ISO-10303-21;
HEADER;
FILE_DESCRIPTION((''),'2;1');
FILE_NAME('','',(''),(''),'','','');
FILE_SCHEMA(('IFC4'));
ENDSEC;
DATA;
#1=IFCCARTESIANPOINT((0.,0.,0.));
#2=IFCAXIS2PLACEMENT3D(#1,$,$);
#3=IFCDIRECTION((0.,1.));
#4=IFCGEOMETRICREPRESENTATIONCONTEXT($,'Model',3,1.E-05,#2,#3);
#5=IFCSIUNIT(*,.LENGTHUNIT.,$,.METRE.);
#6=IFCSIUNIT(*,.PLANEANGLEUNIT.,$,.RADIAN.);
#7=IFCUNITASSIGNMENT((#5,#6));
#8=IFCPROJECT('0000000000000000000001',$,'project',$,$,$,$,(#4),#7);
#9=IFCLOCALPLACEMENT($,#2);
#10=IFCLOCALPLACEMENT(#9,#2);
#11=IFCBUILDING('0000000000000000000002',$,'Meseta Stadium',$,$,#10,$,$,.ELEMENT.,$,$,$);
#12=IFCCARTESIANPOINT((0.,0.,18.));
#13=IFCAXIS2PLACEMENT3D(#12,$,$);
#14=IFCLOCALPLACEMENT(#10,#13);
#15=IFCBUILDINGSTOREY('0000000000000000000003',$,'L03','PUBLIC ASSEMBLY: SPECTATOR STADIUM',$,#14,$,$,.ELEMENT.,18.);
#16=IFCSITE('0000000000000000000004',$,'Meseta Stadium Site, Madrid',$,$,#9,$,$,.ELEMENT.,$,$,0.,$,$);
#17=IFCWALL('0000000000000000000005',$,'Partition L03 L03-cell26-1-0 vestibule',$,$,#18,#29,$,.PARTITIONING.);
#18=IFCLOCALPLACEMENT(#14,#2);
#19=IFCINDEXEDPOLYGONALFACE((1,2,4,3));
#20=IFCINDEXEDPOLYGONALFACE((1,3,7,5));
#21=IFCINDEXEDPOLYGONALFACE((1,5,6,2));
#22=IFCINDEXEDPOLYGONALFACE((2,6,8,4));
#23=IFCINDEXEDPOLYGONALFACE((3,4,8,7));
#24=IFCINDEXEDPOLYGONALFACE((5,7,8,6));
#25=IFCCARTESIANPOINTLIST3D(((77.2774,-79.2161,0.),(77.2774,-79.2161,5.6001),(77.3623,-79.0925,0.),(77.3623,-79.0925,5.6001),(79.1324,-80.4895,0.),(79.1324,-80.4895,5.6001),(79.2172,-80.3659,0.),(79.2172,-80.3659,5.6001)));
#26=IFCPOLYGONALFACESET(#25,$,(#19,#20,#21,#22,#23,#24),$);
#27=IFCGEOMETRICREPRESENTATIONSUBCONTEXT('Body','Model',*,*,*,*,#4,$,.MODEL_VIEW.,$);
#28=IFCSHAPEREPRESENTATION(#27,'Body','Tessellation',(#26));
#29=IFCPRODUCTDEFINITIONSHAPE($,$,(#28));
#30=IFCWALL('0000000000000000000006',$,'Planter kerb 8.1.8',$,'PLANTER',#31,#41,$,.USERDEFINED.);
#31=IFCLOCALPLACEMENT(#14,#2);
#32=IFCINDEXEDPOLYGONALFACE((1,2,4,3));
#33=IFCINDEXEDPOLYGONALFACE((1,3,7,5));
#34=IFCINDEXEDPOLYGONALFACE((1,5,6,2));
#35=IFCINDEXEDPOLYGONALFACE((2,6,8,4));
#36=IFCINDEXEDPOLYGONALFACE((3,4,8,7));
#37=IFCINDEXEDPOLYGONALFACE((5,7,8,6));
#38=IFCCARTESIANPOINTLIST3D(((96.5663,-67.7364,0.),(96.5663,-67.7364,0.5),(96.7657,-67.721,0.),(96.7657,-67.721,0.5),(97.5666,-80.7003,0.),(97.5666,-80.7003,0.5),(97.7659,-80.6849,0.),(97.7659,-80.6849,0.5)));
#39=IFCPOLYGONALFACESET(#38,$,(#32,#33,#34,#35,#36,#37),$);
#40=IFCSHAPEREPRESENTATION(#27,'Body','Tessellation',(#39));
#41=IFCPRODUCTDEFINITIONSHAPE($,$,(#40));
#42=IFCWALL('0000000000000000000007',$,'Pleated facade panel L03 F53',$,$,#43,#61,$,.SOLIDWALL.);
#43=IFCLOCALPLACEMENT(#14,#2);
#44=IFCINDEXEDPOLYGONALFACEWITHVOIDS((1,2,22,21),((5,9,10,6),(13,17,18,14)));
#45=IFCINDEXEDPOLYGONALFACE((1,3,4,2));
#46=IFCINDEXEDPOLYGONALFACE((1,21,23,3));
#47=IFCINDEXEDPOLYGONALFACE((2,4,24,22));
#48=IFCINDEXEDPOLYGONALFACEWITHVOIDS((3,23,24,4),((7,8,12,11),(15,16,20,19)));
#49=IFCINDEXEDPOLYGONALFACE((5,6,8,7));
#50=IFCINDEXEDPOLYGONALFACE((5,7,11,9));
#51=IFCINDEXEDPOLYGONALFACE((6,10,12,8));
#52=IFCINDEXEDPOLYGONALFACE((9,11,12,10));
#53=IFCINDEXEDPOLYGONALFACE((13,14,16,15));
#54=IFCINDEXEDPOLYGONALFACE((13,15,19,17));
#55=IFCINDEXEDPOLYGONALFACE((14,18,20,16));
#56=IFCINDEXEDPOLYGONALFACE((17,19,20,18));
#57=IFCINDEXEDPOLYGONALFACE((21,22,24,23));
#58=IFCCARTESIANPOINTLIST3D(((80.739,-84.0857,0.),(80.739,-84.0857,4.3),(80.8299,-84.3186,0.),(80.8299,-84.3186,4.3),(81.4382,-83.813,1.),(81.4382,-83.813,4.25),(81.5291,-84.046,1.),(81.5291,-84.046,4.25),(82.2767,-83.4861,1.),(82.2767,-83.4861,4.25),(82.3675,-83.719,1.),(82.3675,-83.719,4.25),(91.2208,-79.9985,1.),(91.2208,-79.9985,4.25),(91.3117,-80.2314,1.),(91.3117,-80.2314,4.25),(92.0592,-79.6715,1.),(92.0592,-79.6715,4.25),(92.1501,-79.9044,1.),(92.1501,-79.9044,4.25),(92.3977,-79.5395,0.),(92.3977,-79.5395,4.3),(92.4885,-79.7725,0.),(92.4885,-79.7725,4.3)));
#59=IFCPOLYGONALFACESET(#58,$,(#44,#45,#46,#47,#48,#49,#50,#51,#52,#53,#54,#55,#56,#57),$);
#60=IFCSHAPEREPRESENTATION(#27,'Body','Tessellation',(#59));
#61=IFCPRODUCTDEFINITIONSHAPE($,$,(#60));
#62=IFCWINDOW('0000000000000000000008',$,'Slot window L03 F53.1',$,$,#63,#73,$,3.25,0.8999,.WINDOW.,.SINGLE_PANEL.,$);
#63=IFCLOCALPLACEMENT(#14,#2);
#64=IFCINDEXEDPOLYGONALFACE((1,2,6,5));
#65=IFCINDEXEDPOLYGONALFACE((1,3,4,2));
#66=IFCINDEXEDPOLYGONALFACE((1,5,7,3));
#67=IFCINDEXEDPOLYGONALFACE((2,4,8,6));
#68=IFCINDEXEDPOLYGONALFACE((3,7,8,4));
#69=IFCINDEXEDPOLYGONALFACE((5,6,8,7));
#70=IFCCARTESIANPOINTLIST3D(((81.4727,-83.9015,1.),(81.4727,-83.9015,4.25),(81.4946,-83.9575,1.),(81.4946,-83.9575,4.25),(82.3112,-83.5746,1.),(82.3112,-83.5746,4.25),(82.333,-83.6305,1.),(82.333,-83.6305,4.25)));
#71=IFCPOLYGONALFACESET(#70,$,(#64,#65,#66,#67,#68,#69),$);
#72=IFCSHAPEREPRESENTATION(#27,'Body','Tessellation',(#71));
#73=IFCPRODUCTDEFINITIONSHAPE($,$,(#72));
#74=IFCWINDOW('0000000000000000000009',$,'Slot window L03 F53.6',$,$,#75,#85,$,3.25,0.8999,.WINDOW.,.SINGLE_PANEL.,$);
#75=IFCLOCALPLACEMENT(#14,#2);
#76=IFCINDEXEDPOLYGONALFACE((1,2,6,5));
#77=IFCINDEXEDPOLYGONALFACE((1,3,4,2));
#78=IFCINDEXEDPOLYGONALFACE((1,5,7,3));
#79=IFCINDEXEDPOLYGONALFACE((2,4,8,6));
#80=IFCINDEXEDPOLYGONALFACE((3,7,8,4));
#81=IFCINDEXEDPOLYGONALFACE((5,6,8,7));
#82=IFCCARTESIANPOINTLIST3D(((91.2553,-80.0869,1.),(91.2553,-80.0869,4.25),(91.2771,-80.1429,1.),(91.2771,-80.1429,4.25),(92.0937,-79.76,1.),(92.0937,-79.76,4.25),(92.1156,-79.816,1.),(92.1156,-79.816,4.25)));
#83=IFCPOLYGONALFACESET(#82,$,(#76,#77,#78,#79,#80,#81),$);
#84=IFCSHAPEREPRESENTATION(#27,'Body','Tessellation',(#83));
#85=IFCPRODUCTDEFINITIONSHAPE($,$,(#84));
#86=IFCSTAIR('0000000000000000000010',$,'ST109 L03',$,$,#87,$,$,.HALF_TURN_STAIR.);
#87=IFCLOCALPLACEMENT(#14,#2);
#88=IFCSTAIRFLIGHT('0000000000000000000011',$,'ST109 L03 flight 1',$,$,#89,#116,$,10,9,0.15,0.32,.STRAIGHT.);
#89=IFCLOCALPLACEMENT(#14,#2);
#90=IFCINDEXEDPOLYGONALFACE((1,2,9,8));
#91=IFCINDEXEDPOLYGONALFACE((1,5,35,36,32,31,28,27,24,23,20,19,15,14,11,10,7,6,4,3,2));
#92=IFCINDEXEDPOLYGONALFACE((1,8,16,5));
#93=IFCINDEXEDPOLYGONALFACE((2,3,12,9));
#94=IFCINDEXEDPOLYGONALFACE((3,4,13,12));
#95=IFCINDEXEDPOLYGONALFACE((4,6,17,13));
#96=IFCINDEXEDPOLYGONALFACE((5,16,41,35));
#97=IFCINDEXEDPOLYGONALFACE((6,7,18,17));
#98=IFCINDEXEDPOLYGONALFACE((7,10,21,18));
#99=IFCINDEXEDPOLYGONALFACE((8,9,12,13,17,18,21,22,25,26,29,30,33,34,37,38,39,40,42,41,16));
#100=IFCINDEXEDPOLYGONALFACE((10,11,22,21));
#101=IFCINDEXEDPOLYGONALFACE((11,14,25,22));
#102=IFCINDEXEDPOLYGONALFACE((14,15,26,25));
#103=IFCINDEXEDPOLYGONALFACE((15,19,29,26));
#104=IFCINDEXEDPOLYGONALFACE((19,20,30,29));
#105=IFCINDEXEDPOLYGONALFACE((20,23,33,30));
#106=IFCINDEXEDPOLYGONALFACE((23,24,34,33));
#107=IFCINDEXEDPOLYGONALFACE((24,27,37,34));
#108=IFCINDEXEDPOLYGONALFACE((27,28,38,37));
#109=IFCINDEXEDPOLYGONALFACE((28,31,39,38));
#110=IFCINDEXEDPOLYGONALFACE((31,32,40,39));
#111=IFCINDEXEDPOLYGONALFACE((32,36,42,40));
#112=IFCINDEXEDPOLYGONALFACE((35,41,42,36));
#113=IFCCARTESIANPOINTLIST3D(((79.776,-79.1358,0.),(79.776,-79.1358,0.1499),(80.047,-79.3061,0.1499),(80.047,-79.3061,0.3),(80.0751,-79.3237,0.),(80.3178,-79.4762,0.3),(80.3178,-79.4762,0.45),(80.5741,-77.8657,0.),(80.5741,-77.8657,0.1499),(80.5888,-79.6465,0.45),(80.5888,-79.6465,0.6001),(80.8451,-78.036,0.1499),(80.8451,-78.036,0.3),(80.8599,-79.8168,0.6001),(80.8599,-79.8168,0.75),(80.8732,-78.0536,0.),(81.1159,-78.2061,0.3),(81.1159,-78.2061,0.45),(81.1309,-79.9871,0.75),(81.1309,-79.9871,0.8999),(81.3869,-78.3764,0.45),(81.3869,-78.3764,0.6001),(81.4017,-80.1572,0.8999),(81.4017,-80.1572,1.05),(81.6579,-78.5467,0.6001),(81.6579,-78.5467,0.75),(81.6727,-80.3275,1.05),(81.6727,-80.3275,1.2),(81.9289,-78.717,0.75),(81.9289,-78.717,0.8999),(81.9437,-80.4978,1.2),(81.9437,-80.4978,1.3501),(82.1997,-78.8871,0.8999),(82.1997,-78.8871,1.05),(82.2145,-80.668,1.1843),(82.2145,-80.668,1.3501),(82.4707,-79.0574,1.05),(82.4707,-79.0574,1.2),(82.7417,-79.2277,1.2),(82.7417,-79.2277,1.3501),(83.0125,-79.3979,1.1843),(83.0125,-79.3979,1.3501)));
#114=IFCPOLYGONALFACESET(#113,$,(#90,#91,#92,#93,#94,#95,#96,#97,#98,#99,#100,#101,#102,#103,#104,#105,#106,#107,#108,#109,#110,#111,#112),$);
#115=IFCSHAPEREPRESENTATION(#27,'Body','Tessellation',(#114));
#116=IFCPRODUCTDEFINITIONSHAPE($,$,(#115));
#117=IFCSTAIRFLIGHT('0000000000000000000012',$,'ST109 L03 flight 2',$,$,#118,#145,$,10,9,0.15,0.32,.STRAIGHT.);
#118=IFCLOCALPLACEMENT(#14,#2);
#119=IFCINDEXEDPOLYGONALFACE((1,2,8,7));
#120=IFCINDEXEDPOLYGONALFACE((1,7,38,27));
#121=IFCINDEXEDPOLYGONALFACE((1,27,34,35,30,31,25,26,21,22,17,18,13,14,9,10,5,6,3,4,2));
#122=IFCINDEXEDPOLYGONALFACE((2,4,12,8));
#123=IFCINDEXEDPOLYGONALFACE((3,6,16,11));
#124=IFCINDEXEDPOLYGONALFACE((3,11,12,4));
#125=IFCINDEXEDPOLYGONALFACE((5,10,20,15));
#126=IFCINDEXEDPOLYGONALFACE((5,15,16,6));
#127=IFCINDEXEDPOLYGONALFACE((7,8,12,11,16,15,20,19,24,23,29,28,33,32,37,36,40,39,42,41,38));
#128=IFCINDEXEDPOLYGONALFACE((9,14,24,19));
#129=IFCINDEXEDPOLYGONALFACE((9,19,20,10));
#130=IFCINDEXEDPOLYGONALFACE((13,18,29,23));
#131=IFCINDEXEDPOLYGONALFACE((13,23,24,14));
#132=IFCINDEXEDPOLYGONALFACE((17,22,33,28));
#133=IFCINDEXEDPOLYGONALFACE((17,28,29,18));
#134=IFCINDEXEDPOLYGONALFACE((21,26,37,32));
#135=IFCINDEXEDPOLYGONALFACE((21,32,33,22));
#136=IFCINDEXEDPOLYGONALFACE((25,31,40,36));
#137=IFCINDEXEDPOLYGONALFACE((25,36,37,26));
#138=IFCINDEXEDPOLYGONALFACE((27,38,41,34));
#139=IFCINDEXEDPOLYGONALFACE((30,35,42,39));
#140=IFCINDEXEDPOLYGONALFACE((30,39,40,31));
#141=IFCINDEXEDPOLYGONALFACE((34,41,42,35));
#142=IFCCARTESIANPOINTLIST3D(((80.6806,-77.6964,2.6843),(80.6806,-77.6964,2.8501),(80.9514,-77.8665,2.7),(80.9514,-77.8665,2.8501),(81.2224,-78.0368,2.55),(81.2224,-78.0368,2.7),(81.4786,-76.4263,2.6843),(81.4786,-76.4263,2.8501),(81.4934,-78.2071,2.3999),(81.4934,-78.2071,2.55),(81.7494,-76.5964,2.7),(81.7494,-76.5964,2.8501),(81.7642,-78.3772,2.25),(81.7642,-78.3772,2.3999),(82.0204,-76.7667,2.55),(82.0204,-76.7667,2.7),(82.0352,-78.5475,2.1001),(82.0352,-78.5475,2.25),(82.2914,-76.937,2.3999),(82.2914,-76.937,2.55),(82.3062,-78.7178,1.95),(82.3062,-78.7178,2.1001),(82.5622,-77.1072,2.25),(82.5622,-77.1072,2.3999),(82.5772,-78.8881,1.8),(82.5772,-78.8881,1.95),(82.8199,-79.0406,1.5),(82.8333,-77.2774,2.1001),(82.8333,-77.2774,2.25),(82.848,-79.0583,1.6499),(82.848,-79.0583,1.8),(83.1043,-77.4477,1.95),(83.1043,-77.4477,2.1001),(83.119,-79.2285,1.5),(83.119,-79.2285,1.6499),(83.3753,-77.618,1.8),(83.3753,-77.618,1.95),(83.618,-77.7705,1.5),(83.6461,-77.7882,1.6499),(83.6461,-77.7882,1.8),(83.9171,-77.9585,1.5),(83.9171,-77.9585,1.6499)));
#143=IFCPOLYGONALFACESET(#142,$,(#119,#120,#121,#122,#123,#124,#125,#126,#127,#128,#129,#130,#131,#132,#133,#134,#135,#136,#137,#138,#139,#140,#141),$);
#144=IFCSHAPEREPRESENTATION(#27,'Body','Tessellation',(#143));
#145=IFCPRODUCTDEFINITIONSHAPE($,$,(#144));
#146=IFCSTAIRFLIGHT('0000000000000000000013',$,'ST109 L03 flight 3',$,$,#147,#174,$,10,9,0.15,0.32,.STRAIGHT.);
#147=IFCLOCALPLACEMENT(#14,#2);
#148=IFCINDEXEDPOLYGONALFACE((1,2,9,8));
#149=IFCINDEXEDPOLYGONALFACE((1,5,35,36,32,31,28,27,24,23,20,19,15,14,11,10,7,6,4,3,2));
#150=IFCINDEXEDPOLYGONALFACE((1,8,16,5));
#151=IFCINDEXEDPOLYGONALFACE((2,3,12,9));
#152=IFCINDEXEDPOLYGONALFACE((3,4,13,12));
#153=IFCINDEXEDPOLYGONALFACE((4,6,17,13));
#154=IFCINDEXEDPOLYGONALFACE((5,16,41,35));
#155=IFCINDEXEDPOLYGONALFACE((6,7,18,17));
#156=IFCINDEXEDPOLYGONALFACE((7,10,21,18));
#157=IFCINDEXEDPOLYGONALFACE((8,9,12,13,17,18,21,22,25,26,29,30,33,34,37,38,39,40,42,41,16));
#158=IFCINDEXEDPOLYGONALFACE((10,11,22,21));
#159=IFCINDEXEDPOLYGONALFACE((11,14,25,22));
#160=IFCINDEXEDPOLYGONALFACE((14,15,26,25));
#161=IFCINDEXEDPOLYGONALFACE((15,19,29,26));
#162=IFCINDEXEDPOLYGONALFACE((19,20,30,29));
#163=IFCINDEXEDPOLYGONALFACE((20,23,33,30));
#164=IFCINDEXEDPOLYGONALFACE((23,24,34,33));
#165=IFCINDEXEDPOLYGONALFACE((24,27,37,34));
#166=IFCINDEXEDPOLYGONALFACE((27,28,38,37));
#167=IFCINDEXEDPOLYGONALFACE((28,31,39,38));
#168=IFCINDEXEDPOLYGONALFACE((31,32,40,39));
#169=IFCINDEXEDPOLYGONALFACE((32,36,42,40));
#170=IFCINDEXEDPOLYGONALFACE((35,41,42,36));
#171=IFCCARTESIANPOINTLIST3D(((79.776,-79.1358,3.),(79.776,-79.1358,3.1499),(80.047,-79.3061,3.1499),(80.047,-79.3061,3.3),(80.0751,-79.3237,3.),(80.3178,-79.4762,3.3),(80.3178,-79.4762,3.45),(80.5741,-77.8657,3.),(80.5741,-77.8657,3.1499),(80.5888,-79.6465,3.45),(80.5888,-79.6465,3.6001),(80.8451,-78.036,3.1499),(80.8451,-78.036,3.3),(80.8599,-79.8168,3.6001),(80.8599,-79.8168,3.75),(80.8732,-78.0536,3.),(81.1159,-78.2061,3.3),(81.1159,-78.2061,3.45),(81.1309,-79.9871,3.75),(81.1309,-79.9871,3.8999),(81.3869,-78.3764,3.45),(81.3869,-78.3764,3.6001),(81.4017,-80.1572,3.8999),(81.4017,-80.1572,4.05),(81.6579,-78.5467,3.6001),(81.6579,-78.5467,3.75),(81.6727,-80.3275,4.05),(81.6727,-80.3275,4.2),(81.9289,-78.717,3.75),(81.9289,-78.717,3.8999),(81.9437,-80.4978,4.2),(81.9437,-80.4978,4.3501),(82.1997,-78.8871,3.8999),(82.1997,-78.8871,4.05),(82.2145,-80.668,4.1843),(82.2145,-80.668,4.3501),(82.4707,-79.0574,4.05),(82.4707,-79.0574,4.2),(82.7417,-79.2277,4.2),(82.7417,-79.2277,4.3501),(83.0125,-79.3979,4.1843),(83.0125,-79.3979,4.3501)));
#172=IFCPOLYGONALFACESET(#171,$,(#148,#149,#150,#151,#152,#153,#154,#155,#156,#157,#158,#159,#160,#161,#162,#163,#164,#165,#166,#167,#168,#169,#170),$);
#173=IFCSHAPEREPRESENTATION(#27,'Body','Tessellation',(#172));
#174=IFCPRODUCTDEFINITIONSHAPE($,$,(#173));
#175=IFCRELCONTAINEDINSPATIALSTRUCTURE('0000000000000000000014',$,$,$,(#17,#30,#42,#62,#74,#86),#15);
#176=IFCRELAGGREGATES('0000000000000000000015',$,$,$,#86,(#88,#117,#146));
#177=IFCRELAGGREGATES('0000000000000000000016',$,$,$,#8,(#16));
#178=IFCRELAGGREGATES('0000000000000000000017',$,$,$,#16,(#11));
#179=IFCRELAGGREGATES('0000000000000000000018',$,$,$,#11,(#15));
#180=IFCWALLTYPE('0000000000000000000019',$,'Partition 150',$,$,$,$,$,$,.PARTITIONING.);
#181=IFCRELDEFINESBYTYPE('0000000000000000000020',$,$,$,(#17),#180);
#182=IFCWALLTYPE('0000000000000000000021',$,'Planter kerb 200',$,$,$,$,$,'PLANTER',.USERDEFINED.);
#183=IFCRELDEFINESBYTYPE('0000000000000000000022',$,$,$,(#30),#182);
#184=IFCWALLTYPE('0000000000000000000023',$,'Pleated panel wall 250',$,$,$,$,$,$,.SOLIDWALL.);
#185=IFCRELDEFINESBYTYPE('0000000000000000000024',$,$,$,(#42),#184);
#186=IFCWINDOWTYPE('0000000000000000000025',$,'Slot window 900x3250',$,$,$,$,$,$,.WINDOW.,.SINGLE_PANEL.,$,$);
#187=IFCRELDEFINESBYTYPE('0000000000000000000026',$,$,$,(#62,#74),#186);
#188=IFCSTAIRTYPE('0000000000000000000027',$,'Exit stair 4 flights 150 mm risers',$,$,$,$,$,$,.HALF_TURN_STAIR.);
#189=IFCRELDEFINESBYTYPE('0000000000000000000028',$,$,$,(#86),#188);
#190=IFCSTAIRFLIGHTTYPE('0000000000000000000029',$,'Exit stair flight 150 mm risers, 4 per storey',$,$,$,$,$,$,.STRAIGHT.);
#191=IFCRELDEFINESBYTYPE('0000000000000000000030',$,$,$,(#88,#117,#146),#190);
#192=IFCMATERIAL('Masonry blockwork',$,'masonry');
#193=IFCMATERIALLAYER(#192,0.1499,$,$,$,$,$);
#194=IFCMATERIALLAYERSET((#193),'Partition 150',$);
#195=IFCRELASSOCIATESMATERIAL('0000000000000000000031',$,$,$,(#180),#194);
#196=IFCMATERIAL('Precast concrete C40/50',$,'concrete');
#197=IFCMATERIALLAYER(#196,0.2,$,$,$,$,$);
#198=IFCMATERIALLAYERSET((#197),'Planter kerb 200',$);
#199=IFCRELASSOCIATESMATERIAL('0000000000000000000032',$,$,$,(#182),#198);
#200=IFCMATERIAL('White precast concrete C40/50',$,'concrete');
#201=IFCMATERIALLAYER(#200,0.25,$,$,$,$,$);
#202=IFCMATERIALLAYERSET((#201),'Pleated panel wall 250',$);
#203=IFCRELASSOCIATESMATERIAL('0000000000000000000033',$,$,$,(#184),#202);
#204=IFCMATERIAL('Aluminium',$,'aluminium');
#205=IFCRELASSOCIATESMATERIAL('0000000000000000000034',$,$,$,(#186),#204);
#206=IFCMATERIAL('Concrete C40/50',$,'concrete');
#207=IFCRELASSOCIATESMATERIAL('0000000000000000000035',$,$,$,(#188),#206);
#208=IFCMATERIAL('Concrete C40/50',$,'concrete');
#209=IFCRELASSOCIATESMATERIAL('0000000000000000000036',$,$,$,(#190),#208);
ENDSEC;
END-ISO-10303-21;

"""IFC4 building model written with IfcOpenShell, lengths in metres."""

from ifc_helpers import new_model, si_unit, direction, frame, frame_2d, origin, place, context, subcontext, project, spatial, polyline, rectangle, outline, extrude, material, layer, layer_set, type_object, element, fill, aggregate, save


model = new_model("IFC4")

# Units and contexts
model_context = context("Model", 3, precision=1e-05, world=origin(), true_north=direction((0.0, 1.0)))
body_context = subcontext(model_context, "Body", "Model", "MODEL_VIEW")
ifc_project = project(units=[si_unit("LENGTHUNIT", "METRE"), si_unit("PLANEANGLEUNIT", "RADIAN")], contexts=[model_context])

# Site, building, storey
site_placement = place(None, origin())
site = spatial("IfcSite", under=ifc_project, at=site_placement, Name="Meseta Stadium Site, Madrid", CompositionType="ELEMENT", RefElevation=0.0)
building_placement = place(site_placement, origin())
building = spatial("IfcBuilding", under=site, at=building_placement, Name="Meseta Stadium", CompositionType="ELEMENT")
storey_placement = place(building_placement, frame((0.0, 0.0, 18.0)))
storey = spatial("IfcBuildingStorey", under=building, at=storey_placement, Name="L03", Description="PUBLIC ASSEMBLY: SPECTATOR STADIUM", CompositionType="ELEMENT", Elevation=18.0)

# Walls
ifc_material_1 = material(Name="Masonry blockwork", Category="masonry")
ifc_layer_1 = layer(ifc_material_1, 0.1499)
ifc_layer_set_1 = layer_set([ifc_layer_1], Name="Partition 150")
wall_type_1 = type_object("IfcWallType", Name="Partition 150", PredefinedType="PARTITIONING", material=ifc_layer_set_1)
wall_1_placement = place(storey_placement, frame((79.1748, -80.4277, 0.0), z_axis=(0.0, 0.0, 1.0), x_axis=(-0.824428, 0.565967, 0.0)))
element("IfcWall", 1, at=wall_1_placement, inside=storey, type_object=wall_type_1, Name="Partition L03 L03-cell26-1-0 vestibule", PredefinedType="PARTITIONING", context=body_context, shape_type="SweptSolid", body=[
    extrude(rectangle(XDim=2.25, YDim=0.1499, at=frame_2d((1.125, 0.0))), origin(), (0.0, 0.0, 1.0), 5.6001),
])
ifc_material_2 = material(Name="Precast concrete C40/50", Category="concrete")
ifc_layer_2 = layer(ifc_material_2, 0.2)
ifc_layer_set_2 = layer_set([ifc_layer_2], Name="Planter kerb 200")
wall_type_2 = type_object("IfcWallType", Name="Planter kerb 200", ElementType="PLANTER", PredefinedType="USERDEFINED", material=ifc_layer_set_2)
wall_2_placement = place(storey_placement, frame((97.6663, -80.6926, 0.0), z_axis=(0.0, 0.0, 1.0), x_axis=(-0.076928, 0.997037, 0.0)))
element("IfcWall", 2, at=wall_2_placement, inside=storey, type_object=wall_type_2, Name="Planter kerb 8.1.8", ObjectType="PLANTER", PredefinedType="USERDEFINED", context=body_context, shape_type="SweptSolid", body=[
    extrude(rectangle(XDim=13.0024, YDim=0.2, at=frame_2d((6.5012, 0.0))), origin(), (0.0, 0.0, 1.0), 0.5),
])

# Wall, openings, windows
ifc_material_3 = material(Name="White precast concrete C40/50", Category="concrete")
ifc_layer_3 = layer(ifc_material_3, 0.25)
ifc_layer_set_3 = layer_set([ifc_layer_3], Name="Pleated panel wall 250")
wall_type_3 = type_object("IfcWallType", Name="Pleated panel wall 250", PredefinedType="SOLIDWALL", material=ifc_layer_set_3)
wall_3_placement = place(storey_placement, frame((92.4431, -79.656, 0.0), z_axis=(0.0, 0.0, 1.0), x_axis=(-0.931675, -0.363293, 0.0)))
wall_3 = element("IfcWall", 3, at=wall_3_placement, inside=storey, type_object=wall_type_3, Name="Pleated facade panel L03 F53", PredefinedType="SOLIDWALL", context=body_context, shape_type="SweptSolid", body=[
    extrude(rectangle(XDim=12.5137, YDim=0.25, at=frame_2d((6.2568, 0.0))), origin(), (0.0, 0.0, 1.0), 4.3),
])
opening_1_placement = place(wall_3_placement, frame((10.8633, 0.0, 1.0)))
opening_1 = element("IfcOpeningElement", 4, at=opening_1_placement, cuts=wall_3, PredefinedType="OPENING", context=body_context, shape_type="SweptSolid", body=[
    extrude(rectangle(XDim=0.8999, YDim=3.25, at=frame_2d((0.45, 1.625))), frame((0.0, 0.135, 0.0), z_axis=(0.0, -1.0, 0.0), x_axis=(1.0, 0.0, 0.0)), (0.0, 0.0, 1.0), 0.27),
])
opening_2_placement = place(wall_3_placement, frame((0.3633, 0.0, 1.0)))
opening_2 = element("IfcOpeningElement", 5, at=opening_2_placement, cuts=wall_3, PredefinedType="OPENING", context=body_context, shape_type="SweptSolid", body=[
    extrude(rectangle(XDim=0.8999, YDim=3.25, at=frame_2d((0.45, 1.625))), frame((0.0, 0.135, 0.0), z_axis=(0.0, -1.0, 0.0), x_axis=(1.0, 0.0, 0.0)), (0.0, 0.0, 1.0), 0.27),
])
ifc_material_4 = material(Name="Aluminium", Category="aluminium")
window_type = type_object("IfcWindowType", Name="Slot window 900x3250", PartitioningType="SINGLE_PANEL", PredefinedType="WINDOW", material=ifc_material_4)
window_1_placement = place(opening_1_placement, origin())
window_1 = element("IfcWindow", 6, at=window_1_placement, inside=storey, type_object=window_type, Name="Slot window L03 F53.1", OverallHeight=3.25, OverallWidth=0.8999, PartitioningType="SINGLE_PANEL", PredefinedType="WINDOW", context=body_context, shape_type="SweptSolid", body=[
    extrude(rectangle(XDim=0.8999, YDim=3.25, at=frame_2d((0.45, 1.625))), frame((0.0, 0.03, 0.0), z_axis=(0.0, -1.0, 0.0), x_axis=(1.0, 0.0, 0.0)), (0.0, 0.0, 1.0), 0.0601),
])
fill(opening_1, window_1)
window_2_placement = place(opening_2_placement, origin())
window_2 = element("IfcWindow", 7, at=window_2_placement, inside=storey, type_object=window_type, Name="Slot window L03 F53.6", OverallHeight=3.25, OverallWidth=0.8999, PartitioningType="SINGLE_PANEL", PredefinedType="WINDOW", context=body_context, shape_type="SweptSolid", body=[
    extrude(rectangle(XDim=0.8999, YDim=3.25, at=frame_2d((0.45, 1.625))), frame((0.0, 0.03, 0.0), z_axis=(0.0, -1.0, 0.0), x_axis=(1.0, 0.0, 0.0)), (0.0, 0.0, 1.0), 0.0601),
])
fill(opening_2, window_2)

# Stair, stair flights
ifc_material_5 = material(Name="Concrete C40/50", Category="concrete")
stair_type = type_object("IfcStairType", Name="Exit stair 4 flights 150 mm risers", PredefinedType="HALF_TURN_STAIR", material=ifc_material_5)
stair_placement = place(storey_placement, origin())
stair = element("IfcStair", 8, at=stair_placement, inside=storey, type_object=stair_type, Name="ST109 L03", PredefinedType="HALF_TURN_STAIR")
ifc_material_6 = material(Name="Concrete C40/50", Category="concrete")
stair_flight_type = type_object("IfcStairFlightType", Name="Exit stair flight 150 mm risers, 4 per storey", PredefinedType="STRAIGHT", material=ifc_material_6)
stair_flight_1_placement = place(storey_placement, frame((80.175, -78.5007, 0.0), z_axis=(0.0, 0.0, 1.0), x_axis=(0.846724, -0.532032, 0.0)))
stair_flight_1 = element("IfcStairFlight", 9, at=stair_flight_1_placement, type_object=stair_flight_type, Name="ST109 L03 flight 1", NumberOfRisers=10, NumberOfTreads=9, PredefinedType="STRAIGHT", RiserHeight=0.15, TreadLength=0.32, context=body_context, shape_type="SweptSolid", body=[
    extrude(outline(polyline([(0.0, 0.0), (0.0, 0.1499), (0.3201, 0.1499), (0.3201, 0.3), (0.6399, 0.3), (0.6399, 0.45), (0.96, 0.45), (0.96, 0.6001), (1.28, 0.6001), (1.28, 0.75), (1.6001, 0.75), (1.6001, 0.8999), (1.9199, 0.8999), (1.9199, 1.05), (2.24, 1.05), (2.24, 1.2), (2.5601, 1.2), (2.5601, 1.3501), (2.8799, 1.3501), (2.8799, 1.1843), (0.3533, 0.0), (0.0, 0.0)])), frame((0.0, 0.75, 0.0), z_axis=(0.0, -1.0, 0.0), x_axis=(1.0, 0.0, 0.0)), (0.0, 0.0, 1.0), 1.5),
])
stair_flight_2_placement = place(storey_placement, frame((83.5181, -78.5935, 1.5), z_axis=(0.0, 0.0, 1.0), x_axis=(-0.846724, 0.532032, 0.0)))
stair_flight_2 = element("IfcStairFlight", 10, at=stair_flight_2_placement, type_object=stair_flight_type, Name="ST109 L03 flight 2", NumberOfRisers=10, NumberOfTreads=9, PredefinedType="STRAIGHT", RiserHeight=0.15, TreadLength=0.32, context=body_context, shape_type="SweptSolid", body=[
    extrude(outline(polyline([(0.0, 0.0), (0.0, 0.1499), (0.3201, 0.1499), (0.3201, 0.3), (0.6399, 0.3), (0.6399, 0.45), (0.96, 0.45), (0.96, 0.6001), (1.28, 0.6001), (1.28, 0.75), (1.6001, 0.75), (1.6001, 0.8999), (1.9199, 0.8999), (1.9199, 1.05), (2.24, 1.05), (2.24, 1.2), (2.5601, 1.2), (2.5601, 1.3501), (2.8799, 1.3501), (2.8799, 1.1843), (0.3533, 0.0), (0.0, 0.0)])), frame((0.0, 0.75, 0.0), z_axis=(0.0, -1.0, 0.0), x_axis=(1.0, 0.0, 0.0)), (0.0, 0.0, 1.0), 1.5),
])
stair_flight_3_placement = place(storey_placement, frame((80.175, -78.5007, 3.0), z_axis=(0.0, 0.0, 1.0), x_axis=(0.846724, -0.532032, 0.0)))
stair_flight_3 = element("IfcStairFlight", 11, at=stair_flight_3_placement, type_object=stair_flight_type, Name="ST109 L03 flight 3", NumberOfRisers=10, NumberOfTreads=9, PredefinedType="STRAIGHT", RiserHeight=0.15, TreadLength=0.32, context=body_context, shape_type="SweptSolid", body=[
    extrude(outline(polyline([(0.0, 0.0), (0.0, 0.1499), (0.3201, 0.1499), (0.3201, 0.3), (0.6399, 0.3), (0.6399, 0.45), (0.96, 0.45), (0.96, 0.6001), (1.28, 0.6001), (1.28, 0.75), (1.6001, 0.75), (1.6001, 0.8999), (1.9199, 0.8999), (1.9199, 1.05), (2.24, 1.05), (2.24, 1.2), (2.5601, 1.2), (2.5601, 1.3501), (2.8799, 1.3501), (2.8799, 1.1843), (0.3533, 0.0), (0.0, 0.0)])), frame((0.0, 0.75, 0.0), z_axis=(0.0, -1.0, 0.0), x_axis=(1.0, 0.0, 0.0)), (0.0, 0.0, 1.0), 1.5),
])
aggregate(stair, [stair_flight_1, stair_flight_2, stair_flight_3])

save(model, "model.ifc")
